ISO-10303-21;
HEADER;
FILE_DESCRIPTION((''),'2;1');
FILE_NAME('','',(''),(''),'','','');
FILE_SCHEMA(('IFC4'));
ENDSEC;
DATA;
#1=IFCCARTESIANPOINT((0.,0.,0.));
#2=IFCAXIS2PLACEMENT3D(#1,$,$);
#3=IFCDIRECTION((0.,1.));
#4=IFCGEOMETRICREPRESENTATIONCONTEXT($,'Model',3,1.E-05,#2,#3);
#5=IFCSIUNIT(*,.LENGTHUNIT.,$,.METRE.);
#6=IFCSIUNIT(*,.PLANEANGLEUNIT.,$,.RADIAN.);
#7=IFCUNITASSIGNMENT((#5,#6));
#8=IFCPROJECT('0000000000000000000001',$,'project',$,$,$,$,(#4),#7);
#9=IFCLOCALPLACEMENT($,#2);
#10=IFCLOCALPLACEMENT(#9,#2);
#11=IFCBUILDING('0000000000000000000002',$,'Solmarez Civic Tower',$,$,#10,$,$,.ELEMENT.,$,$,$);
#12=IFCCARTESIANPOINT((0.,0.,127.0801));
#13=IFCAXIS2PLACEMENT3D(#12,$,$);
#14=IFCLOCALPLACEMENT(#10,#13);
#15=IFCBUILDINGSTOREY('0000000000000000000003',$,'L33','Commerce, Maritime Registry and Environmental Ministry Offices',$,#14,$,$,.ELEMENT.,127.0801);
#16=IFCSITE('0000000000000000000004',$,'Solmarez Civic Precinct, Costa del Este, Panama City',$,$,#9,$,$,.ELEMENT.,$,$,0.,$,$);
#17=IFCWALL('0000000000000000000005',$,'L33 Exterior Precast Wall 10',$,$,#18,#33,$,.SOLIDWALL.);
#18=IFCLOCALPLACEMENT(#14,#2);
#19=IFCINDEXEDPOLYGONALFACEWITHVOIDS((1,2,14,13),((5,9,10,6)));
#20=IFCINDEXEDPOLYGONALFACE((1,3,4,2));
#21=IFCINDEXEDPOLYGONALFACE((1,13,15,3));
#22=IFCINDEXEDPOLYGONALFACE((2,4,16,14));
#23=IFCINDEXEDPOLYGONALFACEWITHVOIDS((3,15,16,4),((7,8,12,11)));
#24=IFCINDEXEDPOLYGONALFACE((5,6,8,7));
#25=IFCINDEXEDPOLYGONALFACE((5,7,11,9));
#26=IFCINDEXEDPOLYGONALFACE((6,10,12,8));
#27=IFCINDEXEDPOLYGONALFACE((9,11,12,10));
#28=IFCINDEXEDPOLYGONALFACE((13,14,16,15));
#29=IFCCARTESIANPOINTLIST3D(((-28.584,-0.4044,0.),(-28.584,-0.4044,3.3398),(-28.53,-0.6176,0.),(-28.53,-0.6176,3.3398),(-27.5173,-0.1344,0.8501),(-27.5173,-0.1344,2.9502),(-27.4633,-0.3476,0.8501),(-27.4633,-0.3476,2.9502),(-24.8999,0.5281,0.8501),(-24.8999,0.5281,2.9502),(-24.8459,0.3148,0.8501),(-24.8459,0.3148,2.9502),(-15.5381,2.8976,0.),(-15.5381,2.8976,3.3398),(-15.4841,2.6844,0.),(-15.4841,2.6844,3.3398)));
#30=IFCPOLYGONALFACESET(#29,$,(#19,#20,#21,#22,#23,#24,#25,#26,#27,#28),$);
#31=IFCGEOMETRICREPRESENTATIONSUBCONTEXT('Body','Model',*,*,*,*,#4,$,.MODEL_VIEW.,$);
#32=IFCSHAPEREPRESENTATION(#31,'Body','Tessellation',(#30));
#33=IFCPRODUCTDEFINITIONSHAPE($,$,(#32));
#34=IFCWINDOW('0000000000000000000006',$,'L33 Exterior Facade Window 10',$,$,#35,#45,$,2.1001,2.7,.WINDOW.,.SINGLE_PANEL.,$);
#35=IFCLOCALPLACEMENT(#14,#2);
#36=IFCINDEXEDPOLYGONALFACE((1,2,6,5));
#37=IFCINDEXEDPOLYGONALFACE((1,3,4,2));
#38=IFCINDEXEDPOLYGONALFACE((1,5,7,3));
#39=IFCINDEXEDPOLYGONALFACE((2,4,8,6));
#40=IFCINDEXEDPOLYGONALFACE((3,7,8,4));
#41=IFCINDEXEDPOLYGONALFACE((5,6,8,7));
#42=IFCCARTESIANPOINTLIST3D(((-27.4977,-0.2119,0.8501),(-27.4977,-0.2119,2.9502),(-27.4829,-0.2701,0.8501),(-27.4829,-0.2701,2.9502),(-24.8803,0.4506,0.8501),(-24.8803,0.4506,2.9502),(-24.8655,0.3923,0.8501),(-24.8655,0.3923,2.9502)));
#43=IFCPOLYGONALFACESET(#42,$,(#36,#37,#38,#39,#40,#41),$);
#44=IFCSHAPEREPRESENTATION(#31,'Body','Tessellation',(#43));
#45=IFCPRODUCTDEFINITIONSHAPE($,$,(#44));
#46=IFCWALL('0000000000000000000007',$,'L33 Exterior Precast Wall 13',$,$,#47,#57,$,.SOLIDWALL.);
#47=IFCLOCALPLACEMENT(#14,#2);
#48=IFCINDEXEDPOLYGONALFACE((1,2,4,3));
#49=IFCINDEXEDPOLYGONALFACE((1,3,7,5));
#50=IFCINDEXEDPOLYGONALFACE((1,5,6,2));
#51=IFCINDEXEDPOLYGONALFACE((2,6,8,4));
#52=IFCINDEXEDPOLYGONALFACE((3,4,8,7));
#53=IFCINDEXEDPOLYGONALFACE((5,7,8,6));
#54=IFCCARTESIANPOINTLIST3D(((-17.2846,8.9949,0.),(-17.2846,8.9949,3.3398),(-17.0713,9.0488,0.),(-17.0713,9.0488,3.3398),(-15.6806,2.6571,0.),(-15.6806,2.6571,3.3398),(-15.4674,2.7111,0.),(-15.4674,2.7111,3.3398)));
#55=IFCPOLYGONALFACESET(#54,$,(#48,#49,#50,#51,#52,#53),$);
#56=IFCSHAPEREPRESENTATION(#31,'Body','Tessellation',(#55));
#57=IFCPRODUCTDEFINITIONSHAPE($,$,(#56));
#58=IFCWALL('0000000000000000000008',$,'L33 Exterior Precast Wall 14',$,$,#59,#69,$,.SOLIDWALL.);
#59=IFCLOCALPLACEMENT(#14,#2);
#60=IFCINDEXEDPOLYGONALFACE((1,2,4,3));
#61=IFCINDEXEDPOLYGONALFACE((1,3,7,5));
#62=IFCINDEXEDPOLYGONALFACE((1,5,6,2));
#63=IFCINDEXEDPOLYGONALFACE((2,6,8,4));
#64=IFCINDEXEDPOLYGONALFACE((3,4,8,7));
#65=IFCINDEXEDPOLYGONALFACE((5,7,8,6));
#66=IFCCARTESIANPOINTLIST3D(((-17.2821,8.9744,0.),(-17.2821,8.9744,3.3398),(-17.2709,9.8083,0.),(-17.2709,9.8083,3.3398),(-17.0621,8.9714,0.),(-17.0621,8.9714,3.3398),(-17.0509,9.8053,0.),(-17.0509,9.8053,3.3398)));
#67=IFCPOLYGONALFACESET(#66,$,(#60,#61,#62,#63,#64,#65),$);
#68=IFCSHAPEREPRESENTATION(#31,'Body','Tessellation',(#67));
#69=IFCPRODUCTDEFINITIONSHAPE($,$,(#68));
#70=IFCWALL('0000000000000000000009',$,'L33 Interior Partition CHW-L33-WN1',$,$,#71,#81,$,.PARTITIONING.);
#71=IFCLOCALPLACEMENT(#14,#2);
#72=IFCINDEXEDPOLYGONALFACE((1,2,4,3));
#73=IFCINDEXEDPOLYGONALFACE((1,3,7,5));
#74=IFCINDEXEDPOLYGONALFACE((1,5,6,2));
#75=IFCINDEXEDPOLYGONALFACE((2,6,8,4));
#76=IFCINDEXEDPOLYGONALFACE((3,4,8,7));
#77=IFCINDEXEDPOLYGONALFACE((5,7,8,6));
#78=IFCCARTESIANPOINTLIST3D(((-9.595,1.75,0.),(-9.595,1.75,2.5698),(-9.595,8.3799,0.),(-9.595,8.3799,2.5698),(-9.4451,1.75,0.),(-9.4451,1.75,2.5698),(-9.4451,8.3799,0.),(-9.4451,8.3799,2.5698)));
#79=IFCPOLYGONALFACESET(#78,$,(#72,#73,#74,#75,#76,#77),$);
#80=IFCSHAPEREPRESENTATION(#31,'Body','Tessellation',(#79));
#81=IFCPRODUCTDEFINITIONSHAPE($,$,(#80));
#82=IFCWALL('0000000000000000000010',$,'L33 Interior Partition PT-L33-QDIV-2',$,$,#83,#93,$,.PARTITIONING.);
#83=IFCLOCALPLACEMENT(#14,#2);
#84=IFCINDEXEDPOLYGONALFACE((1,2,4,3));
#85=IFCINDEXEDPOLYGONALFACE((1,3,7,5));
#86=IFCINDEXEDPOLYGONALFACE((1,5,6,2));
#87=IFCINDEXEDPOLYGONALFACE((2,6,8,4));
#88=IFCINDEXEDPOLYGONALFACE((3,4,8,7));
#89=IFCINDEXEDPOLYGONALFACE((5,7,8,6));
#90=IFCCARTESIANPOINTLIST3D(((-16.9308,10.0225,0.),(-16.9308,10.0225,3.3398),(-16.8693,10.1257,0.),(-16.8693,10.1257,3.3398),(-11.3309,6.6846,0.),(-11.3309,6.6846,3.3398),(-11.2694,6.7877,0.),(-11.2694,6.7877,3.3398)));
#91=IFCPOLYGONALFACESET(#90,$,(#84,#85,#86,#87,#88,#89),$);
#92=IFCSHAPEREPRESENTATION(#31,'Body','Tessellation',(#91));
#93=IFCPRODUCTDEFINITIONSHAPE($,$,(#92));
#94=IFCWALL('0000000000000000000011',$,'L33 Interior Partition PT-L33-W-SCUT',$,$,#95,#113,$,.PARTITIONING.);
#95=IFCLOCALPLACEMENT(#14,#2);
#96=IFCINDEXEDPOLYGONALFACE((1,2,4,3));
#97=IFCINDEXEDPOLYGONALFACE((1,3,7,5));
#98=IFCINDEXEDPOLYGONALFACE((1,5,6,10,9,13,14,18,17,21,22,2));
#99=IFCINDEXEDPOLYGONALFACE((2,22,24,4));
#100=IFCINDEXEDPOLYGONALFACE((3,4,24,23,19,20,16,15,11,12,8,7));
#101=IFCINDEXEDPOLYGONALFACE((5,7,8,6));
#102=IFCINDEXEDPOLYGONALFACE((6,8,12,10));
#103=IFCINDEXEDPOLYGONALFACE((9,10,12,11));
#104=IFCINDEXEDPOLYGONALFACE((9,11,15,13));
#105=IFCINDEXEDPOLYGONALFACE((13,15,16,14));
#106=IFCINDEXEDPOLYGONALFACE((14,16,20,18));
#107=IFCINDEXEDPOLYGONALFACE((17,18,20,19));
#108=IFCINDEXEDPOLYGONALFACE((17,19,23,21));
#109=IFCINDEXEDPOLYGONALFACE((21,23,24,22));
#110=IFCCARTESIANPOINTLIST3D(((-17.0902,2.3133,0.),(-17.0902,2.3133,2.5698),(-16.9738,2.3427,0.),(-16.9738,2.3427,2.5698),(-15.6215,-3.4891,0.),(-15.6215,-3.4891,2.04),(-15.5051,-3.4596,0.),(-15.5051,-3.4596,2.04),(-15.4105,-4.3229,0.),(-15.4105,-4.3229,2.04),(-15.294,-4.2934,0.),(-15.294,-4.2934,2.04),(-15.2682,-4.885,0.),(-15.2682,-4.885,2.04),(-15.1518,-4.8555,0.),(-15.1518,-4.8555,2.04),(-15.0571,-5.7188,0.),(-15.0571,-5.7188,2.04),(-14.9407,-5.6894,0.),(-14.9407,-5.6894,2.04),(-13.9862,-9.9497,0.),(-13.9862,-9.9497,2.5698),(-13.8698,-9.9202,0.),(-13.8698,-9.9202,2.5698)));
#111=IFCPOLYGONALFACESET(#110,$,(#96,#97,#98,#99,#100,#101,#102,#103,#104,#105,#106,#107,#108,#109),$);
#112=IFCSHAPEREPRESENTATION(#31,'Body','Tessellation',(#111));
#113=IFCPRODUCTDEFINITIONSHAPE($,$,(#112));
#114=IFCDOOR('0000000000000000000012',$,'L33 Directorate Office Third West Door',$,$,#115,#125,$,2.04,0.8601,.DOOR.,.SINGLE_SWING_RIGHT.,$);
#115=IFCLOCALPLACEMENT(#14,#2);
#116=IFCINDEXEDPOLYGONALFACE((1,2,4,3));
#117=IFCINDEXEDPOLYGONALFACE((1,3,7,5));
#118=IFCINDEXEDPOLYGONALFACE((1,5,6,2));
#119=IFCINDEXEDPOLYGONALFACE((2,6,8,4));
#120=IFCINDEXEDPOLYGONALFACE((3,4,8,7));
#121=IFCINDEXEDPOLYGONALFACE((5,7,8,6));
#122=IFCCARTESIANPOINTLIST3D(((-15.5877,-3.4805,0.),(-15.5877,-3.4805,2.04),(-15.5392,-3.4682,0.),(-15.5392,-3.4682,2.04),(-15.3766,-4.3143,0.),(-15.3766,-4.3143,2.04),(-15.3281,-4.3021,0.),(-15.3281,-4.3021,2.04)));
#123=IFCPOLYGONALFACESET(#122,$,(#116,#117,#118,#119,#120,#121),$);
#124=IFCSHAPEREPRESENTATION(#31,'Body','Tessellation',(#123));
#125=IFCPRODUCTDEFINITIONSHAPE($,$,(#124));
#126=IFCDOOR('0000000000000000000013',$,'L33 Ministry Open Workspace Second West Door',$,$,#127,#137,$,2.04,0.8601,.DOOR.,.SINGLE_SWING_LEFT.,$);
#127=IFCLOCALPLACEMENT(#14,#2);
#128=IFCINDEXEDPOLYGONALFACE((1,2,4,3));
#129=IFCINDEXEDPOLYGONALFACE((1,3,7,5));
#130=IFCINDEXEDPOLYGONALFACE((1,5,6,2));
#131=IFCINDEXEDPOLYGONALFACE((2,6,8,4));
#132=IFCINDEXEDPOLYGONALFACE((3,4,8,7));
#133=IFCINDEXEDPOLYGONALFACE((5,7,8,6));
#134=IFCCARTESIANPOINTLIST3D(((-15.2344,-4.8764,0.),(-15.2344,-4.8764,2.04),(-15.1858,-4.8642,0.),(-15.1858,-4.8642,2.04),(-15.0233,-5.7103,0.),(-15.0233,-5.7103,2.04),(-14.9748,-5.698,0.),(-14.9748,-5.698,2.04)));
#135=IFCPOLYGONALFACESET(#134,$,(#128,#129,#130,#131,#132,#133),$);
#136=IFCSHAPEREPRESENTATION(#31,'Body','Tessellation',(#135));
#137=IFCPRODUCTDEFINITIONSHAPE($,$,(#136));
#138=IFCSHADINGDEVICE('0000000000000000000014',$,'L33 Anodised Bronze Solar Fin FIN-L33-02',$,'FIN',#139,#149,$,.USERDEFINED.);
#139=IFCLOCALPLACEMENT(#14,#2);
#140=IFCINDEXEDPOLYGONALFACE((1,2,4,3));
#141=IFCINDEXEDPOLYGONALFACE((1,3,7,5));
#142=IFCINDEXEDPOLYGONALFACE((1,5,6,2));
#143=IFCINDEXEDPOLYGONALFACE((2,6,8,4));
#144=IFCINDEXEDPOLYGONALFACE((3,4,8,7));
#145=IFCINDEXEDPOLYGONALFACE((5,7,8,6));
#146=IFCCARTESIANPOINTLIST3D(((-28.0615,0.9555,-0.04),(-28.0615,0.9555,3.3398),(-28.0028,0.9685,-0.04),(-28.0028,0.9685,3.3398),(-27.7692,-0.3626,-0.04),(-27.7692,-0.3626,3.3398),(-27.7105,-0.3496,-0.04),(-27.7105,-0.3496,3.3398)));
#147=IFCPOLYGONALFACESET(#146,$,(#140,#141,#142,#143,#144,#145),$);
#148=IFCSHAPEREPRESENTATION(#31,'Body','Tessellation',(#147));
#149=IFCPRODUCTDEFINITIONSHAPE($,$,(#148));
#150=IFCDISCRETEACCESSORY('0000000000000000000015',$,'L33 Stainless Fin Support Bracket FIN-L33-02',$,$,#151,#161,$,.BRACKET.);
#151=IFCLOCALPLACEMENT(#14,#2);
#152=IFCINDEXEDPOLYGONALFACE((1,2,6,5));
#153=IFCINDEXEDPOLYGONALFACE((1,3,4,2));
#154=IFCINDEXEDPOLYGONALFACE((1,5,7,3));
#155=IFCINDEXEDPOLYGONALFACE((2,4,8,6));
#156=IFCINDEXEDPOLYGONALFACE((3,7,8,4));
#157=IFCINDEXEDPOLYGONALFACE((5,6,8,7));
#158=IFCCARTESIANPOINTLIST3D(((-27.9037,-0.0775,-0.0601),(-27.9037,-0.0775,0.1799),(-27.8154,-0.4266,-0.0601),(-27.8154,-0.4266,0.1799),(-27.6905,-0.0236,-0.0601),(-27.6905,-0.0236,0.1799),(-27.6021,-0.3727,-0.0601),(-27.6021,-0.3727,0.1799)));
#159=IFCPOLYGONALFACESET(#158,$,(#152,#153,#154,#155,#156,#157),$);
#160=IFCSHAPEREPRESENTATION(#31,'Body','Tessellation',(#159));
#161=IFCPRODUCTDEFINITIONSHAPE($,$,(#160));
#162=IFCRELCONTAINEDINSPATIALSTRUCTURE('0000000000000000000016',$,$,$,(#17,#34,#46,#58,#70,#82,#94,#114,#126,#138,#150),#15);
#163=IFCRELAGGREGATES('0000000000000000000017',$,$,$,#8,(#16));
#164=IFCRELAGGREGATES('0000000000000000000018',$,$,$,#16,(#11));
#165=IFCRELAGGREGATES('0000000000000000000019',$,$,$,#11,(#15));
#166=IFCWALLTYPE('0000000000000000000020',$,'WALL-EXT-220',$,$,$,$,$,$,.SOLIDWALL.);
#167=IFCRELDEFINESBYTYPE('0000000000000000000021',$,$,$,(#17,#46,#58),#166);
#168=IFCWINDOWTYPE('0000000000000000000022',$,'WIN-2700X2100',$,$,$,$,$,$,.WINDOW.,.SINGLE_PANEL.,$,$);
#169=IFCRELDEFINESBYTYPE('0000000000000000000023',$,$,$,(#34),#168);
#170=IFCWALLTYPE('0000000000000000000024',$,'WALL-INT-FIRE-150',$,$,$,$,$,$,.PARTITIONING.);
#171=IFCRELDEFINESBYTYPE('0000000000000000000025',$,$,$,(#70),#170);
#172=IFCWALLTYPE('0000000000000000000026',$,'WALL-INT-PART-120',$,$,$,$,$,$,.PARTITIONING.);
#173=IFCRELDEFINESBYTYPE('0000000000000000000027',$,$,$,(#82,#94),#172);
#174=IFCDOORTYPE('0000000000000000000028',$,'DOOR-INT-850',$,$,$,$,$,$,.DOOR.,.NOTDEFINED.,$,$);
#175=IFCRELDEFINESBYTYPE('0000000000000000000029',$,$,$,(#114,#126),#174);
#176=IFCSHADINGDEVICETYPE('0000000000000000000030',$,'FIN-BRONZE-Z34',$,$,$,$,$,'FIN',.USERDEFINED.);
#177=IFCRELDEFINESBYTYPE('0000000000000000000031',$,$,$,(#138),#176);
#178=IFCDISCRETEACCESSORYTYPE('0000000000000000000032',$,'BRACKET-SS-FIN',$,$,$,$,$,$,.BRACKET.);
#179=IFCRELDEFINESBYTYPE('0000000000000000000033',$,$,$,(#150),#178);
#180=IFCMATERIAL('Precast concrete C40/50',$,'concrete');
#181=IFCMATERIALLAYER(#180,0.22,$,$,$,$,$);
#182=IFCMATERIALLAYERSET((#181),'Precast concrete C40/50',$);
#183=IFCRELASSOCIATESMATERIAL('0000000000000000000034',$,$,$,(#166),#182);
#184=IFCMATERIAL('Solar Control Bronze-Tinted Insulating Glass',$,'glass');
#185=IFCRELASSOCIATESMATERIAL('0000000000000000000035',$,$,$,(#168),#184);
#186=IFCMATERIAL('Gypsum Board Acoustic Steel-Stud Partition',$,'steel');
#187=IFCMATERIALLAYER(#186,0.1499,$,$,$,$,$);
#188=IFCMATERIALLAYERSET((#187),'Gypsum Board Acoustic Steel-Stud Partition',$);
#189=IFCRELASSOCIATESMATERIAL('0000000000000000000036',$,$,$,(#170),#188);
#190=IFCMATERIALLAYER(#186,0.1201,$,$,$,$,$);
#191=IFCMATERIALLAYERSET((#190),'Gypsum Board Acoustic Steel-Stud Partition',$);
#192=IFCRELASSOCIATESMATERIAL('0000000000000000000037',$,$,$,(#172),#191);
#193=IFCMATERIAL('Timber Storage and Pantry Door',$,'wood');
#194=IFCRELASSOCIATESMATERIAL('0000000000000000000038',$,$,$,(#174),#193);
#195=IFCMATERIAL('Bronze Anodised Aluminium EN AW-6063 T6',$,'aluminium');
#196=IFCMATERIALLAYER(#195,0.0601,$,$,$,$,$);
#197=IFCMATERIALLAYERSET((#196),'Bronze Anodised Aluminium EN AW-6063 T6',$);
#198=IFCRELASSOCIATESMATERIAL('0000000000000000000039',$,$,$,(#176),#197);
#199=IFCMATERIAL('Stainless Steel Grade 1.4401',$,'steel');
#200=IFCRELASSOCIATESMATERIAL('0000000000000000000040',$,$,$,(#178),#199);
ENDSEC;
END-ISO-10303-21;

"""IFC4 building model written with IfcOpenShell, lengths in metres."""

from ifc_helpers import new_model, si_unit, direction, frame, frame_2d, origin, origin_2d, place, context, subcontext, project, spatial, rectangle, extrude, material, layer, layer_set, type_object, element, fill, save


model = new_model("IFC4")

# Units and contexts
model_context = context("Model", 3, precision=1e-05, world=origin(), true_north=direction((0.0, 1.0)))
body_context = subcontext(model_context, "Body", "Model", "MODEL_VIEW")
ifc_project = project(units=[si_unit("LENGTHUNIT", "METRE"), si_unit("PLANEANGLEUNIT", "RADIAN")], contexts=[model_context])

# Site, building, storey
site_placement = place(None, origin())
site = spatial("IfcSite", under=ifc_project, at=site_placement, Name="Solmarez Civic Precinct, Costa del Este, Panama City", CompositionType="ELEMENT", RefElevation=0.0)
building_placement = place(site_placement, origin())
building = spatial("IfcBuilding", under=site, at=building_placement, Name="Solmarez Civic Tower", CompositionType="ELEMENT")
storey_placement = place(building_placement, frame((0.0, 0.0, 127.0801)))
storey = spatial("IfcBuildingStorey", under=building, at=storey_placement, Name="L33", Description="Commerce, Maritime Registry and Environmental Ministry Offices", CompositionType="ELEMENT", Elevation=127.0801)

# Wall, opening, window
ifc_material_1 = material(Name="Precast concrete C40/50", Category="concrete")
ifc_layer_1 = layer(ifc_material_1, 0.22)
ifc_layer_set_1 = layer_set([ifc_layer_1], Name="Precast concrete C40/50")
wall_type_1 = type_object("IfcWallType", Name="WALL-EXT-220", PredefinedType="SOLIDWALL", material=ifc_layer_set_1)
wall_1_placement = place(storey_placement, frame((-28.5569, -0.511, 0.0), z_axis=(0.0, 0.0, 1.0), x_axis=(0.96943, 0.245369, 0.0)))
wall_1 = element("IfcWall", 1, at=wall_1_placement, inside=storey, type_object=wall_type_1, Name="L33 Exterior Precast Wall 10", PredefinedType="SOLIDWALL", context=body_context, shape_type="SweptSolid", body=[
    extrude(rectangle(XDim=13.4573, YDim=0.22, at=frame_2d((6.7285, 0.0))), origin(), (0.0, 0.0, 1.0), 3.3398),
])
opening_1_placement = place(wall_1_placement, frame((1.1001, 0.0, 0.8501)))
opening_1 = element("IfcOpeningElement", 2, at=opening_1_placement, cuts=wall_1, PredefinedType="OPENING", context=body_context, shape_type="SweptSolid", body=[
    extrude(rectangle(XDim=2.7, YDim=2.1001, at=frame_2d((1.3501, 1.05))), frame((0.0, 0.1199, 0.0), z_axis=(0.0, -1.0, 0.0), x_axis=(1.0, 0.0, 0.0)), (0.0, 0.0, 1.0), 0.24),
])
ifc_material_2 = material(Name="Solar Control Bronze-Tinted Insulating Glass", Category="glass")
window_type = type_object("IfcWindowType", Name="WIN-2700X2100", PartitioningType="SINGLE_PANEL", PredefinedType="WINDOW", material=ifc_material_2)
window_placement = place(opening_1_placement, origin())
window = element("IfcWindow", 3, at=window_placement, inside=storey, type_object=window_type, Name="L33 Exterior Facade Window 10", OverallHeight=2.1001, OverallWidth=2.7, PartitioningType="SINGLE_PANEL", PredefinedType="WINDOW", context=body_context, shape_type="SweptSolid", body=[
    extrude(rectangle(XDim=2.7, YDim=2.1001, at=frame_2d((1.3501, 1.05))), frame((0.0, 0.03, 0.0), z_axis=(0.0, -1.0, 0.0), x_axis=(1.0, 0.0, 0.0)), (0.0, 0.0, 1.0), 0.0601),
])
fill(opening_1, window)

# Walls
wall_2_placement = place(storey_placement, frame((-15.574, 2.6841, 0.0), z_axis=(0.0, 0.0, 1.0), x_axis=(-0.245346, 0.969435, 0.0)))
element("IfcWall", 4, at=wall_2_placement, inside=storey, type_object=wall_type_1, Name="L33 Exterior Precast Wall 13", PredefinedType="SOLIDWALL", context=body_context, shape_type="SweptSolid", body=[
    extrude(rectangle(XDim=6.5376, YDim=0.22, at=frame_2d((3.2688, 0.0))), origin(), (0.0, 0.0, 1.0), 3.3398),
])
wall_3_placement = place(storey_placement, frame((-17.1721, 8.9729, 0.0), z_axis=(0.0, 0.0, 1.0), x_axis=(0.013465, 0.999909, 0.0)))
element("IfcWall", 5, at=wall_3_placement, inside=storey, type_object=wall_type_1, Name="L33 Exterior Precast Wall 14", PredefinedType="SOLIDWALL", context=body_context, shape_type="SweptSolid", body=[
    extrude(rectangle(XDim=0.834, YDim=0.22, at=frame_2d((0.417, 0.0))), origin(), (0.0, 0.0, 1.0), 3.3398),
])
ifc_material_3 = material(Name="Gypsum Board Acoustic Steel-Stud Partition", Category="steel")
ifc_layer_2 = layer(ifc_material_3, 0.1499)
ifc_layer_set_2 = layer_set([ifc_layer_2], Name="Gypsum Board Acoustic Steel-Stud Partition")
wall_type_2 = type_object("IfcWallType", Name="WALL-INT-FIRE-150", PredefinedType="PARTITIONING", material=ifc_layer_set_2)
wall_4_placement = place(storey_placement, frame((-9.52, 1.75, 0.0), z_axis=(0.0, 0.0, 1.0), x_axis=(0.0, 1.0, 0.0)))
element("IfcWall", 6, at=wall_4_placement, inside=storey, type_object=wall_type_2, Name="L33 Interior Partition CHW-L33-WN1", PredefinedType="PARTITIONING", context=body_context, shape_type="SweptSolid", body=[
    extrude(rectangle(XDim=6.6299, YDim=0.1499, at=frame_2d((3.3149, 0.0))), origin(), (0.0, 0.0, 1.0), 2.5698),
])
ifc_layer_3 = layer(ifc_material_3, 0.1201)
ifc_layer_set_3 = layer_set([ifc_layer_3], Name="Gypsum Board Acoustic Steel-Stud Partition")
wall_type_3 = type_object("IfcWallType", Name="WALL-INT-PART-120", PredefinedType="PARTITIONING", material=ifc_layer_set_3)
wall_5_placement = place(storey_placement, frame((-11.3, 6.7361, 0.0), z_axis=(0.0, 0.0, 1.0), x_axis=(-0.85898, 0.51201, 0.0)))
element("IfcWall", 7, at=wall_5_placement, inside=storey, type_object=wall_type_3, Name="L33 Interior Partition PT-L33-QDIV-2", PredefinedType="PARTITIONING", context=body_context, shape_type="SweptSolid", body=[
    extrude(rectangle(XDim=6.5193, YDim=0.1201, at=frame_2d((3.2598, 0.0))), origin(), (0.0, 0.0, 1.0), 3.3398),
])

# Wall, openings, doors
wall_6_placement = place(storey_placement, frame((-17.032, 2.3279, 0.0), z_axis=(0.0, 0.0, 1.0), x_axis=(0.245382, -0.969426, 0.0)))
wall_6 = element("IfcWall", 8, at=wall_6_placement, inside=storey, type_object=wall_type_3, Name="L33 Interior Partition PT-L33-W-SCUT", PredefinedType="PARTITIONING", context=body_context, shape_type="SweptSolid", body=[
    extrude(rectangle(XDim=12.6497, YDim=0.1201, at=frame_2d((6.3247, 0.0))), origin(), (0.0, 0.0, 1.0), 2.5698),
])
opening_2_placement = place(wall_6_placement, frame((5.9851, 0.0, 0.0)))
opening_2 = element("IfcOpeningElement", 9, at=opening_2_placement, cuts=wall_6, PredefinedType="OPENING", context=body_context, shape_type="SweptSolid", body=[
    extrude(rectangle(XDim=0.8601, YDim=2.04, at=frame_2d((0.4302, 1.02))), frame((0.0, 0.0701, 0.0), z_axis=(0.0, -1.0, 0.0), x_axis=(1.0, 0.0, 0.0)), (0.0, 0.0, 1.0), 0.1401),
])
opening_3_placement = place(wall_6_placement, frame((7.425, 0.0, 0.0)))
opening_3 = element("IfcOpeningElement", 10, at=opening_3_placement, cuts=wall_6, PredefinedType="OPENING", context=body_context, shape_type="SweptSolid", body=[
    extrude(rectangle(XDim=0.8601, YDim=2.04, at=frame_2d((0.4302, 1.02))), frame((0.0, 0.0701, 0.0), z_axis=(0.0, -1.0, 0.0), x_axis=(1.0, 0.0, 0.0)), (0.0, 0.0, 1.0), 0.1401),
])
ifc_material_4 = material(Name="Timber Storage and Pantry Door", Category="wood")
door_type = type_object("IfcDoorType", Name="DOOR-INT-850", OperationType="NOTDEFINED", PredefinedType="DOOR", material=ifc_material_4)
door_1_placement = place(opening_2_placement, origin())
door_1 = element("IfcDoor", 11, at=door_1_placement, inside=storey, type_object=door_type, Name="L33 Directorate Office Third West Door", OperationType="SINGLE_SWING_RIGHT", OverallHeight=2.04, OverallWidth=0.8601, PredefinedType="DOOR", context=body_context, shape_type="SweptSolid", body=[
    extrude(rectangle(XDim=0.8601, YDim=2.04, at=frame_2d((0.4302, 1.02))), frame((0.0, 0.0249, 0.0), z_axis=(0.0, -1.0, 0.0), x_axis=(1.0, 0.0, 0.0)), (0.0, 0.0, 1.0), 0.05),
])
fill(opening_2, door_1)
door_2_placement = place(opening_3_placement, origin())
door_2 = element("IfcDoor", 12, at=door_2_placement, inside=storey, type_object=door_type, Name="L33 Ministry Open Workspace Second West Door", OperationType="SINGLE_SWING_LEFT", OverallHeight=2.04, OverallWidth=0.8601, PredefinedType="DOOR", context=body_context, shape_type="SweptSolid", body=[
    extrude(rectangle(XDim=0.8601, YDim=2.04, at=frame_2d((0.4302, 1.02))), frame((0.0, 0.0249, 0.0), z_axis=(0.0, -1.0, 0.0), x_axis=(1.0, 0.0, 0.0)), (0.0, 0.0, 1.0), 0.05),
])
fill(opening_3, door_2)

# Shading device
ifc_material_5 = material(Name="Bronze Anodised Aluminium EN AW-6063 T6", Category="aluminium")
ifc_layer_4 = layer(ifc_material_5, 0.0601)
ifc_layer_set_4 = layer_set([ifc_layer_4], Name="Bronze Anodised Aluminium EN AW-6063 T6")
shading_device_type = type_object("IfcShadingDeviceType", Name="FIN-BRONZE-Z34", ElementType="FIN", PredefinedType="USERDEFINED", material=ifc_layer_set_4)
shading_device_placement = place(storey_placement, frame((-27.886, 0.303, -0.04), z_axis=(0.0, 0.0, 1.0), x_axis=(-0.216508, 0.976281, 0.0)))
element("IfcShadingDevice", 13, at=shading_device_placement, inside=storey, type_object=shading_device_type, Name="L33 Anodised Bronze Solar Fin FIN-L33-02", ObjectType="FIN", PredefinedType="USERDEFINED", context=body_context, shape_type="SweptSolid", body=[
    extrude(rectangle(XDim=1.3501, YDim=0.0601, at=origin_2d()), origin(), (0.0, 0.0, 1.0), 3.3799),
])

# Discrete accessory
ifc_material_6 = material(Name="Stainless Steel Grade 1.4401", Category="steel")
discrete_accessory_type = type_object("IfcDiscreteAccessoryType", Name="BRACKET-SS-FIN", PredefinedType="BRACKET", material=ifc_material_6)
discrete_accessory_placement = place(storey_placement, frame((-27.7529, -0.2251, -0.0601), z_axis=(0.0, 0.0, 1.0), x_axis=(-0.245338, 0.969438, 0.0)))
element("IfcDiscreteAccessory", 14, at=discrete_accessory_placement, inside=storey, type_object=discrete_accessory_type, Name="L33 Stainless Fin Support Bracket FIN-L33-02", PredefinedType="BRACKET", context=body_context, shape_type="SweptSolid", body=[
    extrude(rectangle(XDim=0.3601, YDim=0.22, at=origin_2d()), origin(), (0.0, 0.0, 1.0), 0.24),
])

save(model, "model.ifc")
